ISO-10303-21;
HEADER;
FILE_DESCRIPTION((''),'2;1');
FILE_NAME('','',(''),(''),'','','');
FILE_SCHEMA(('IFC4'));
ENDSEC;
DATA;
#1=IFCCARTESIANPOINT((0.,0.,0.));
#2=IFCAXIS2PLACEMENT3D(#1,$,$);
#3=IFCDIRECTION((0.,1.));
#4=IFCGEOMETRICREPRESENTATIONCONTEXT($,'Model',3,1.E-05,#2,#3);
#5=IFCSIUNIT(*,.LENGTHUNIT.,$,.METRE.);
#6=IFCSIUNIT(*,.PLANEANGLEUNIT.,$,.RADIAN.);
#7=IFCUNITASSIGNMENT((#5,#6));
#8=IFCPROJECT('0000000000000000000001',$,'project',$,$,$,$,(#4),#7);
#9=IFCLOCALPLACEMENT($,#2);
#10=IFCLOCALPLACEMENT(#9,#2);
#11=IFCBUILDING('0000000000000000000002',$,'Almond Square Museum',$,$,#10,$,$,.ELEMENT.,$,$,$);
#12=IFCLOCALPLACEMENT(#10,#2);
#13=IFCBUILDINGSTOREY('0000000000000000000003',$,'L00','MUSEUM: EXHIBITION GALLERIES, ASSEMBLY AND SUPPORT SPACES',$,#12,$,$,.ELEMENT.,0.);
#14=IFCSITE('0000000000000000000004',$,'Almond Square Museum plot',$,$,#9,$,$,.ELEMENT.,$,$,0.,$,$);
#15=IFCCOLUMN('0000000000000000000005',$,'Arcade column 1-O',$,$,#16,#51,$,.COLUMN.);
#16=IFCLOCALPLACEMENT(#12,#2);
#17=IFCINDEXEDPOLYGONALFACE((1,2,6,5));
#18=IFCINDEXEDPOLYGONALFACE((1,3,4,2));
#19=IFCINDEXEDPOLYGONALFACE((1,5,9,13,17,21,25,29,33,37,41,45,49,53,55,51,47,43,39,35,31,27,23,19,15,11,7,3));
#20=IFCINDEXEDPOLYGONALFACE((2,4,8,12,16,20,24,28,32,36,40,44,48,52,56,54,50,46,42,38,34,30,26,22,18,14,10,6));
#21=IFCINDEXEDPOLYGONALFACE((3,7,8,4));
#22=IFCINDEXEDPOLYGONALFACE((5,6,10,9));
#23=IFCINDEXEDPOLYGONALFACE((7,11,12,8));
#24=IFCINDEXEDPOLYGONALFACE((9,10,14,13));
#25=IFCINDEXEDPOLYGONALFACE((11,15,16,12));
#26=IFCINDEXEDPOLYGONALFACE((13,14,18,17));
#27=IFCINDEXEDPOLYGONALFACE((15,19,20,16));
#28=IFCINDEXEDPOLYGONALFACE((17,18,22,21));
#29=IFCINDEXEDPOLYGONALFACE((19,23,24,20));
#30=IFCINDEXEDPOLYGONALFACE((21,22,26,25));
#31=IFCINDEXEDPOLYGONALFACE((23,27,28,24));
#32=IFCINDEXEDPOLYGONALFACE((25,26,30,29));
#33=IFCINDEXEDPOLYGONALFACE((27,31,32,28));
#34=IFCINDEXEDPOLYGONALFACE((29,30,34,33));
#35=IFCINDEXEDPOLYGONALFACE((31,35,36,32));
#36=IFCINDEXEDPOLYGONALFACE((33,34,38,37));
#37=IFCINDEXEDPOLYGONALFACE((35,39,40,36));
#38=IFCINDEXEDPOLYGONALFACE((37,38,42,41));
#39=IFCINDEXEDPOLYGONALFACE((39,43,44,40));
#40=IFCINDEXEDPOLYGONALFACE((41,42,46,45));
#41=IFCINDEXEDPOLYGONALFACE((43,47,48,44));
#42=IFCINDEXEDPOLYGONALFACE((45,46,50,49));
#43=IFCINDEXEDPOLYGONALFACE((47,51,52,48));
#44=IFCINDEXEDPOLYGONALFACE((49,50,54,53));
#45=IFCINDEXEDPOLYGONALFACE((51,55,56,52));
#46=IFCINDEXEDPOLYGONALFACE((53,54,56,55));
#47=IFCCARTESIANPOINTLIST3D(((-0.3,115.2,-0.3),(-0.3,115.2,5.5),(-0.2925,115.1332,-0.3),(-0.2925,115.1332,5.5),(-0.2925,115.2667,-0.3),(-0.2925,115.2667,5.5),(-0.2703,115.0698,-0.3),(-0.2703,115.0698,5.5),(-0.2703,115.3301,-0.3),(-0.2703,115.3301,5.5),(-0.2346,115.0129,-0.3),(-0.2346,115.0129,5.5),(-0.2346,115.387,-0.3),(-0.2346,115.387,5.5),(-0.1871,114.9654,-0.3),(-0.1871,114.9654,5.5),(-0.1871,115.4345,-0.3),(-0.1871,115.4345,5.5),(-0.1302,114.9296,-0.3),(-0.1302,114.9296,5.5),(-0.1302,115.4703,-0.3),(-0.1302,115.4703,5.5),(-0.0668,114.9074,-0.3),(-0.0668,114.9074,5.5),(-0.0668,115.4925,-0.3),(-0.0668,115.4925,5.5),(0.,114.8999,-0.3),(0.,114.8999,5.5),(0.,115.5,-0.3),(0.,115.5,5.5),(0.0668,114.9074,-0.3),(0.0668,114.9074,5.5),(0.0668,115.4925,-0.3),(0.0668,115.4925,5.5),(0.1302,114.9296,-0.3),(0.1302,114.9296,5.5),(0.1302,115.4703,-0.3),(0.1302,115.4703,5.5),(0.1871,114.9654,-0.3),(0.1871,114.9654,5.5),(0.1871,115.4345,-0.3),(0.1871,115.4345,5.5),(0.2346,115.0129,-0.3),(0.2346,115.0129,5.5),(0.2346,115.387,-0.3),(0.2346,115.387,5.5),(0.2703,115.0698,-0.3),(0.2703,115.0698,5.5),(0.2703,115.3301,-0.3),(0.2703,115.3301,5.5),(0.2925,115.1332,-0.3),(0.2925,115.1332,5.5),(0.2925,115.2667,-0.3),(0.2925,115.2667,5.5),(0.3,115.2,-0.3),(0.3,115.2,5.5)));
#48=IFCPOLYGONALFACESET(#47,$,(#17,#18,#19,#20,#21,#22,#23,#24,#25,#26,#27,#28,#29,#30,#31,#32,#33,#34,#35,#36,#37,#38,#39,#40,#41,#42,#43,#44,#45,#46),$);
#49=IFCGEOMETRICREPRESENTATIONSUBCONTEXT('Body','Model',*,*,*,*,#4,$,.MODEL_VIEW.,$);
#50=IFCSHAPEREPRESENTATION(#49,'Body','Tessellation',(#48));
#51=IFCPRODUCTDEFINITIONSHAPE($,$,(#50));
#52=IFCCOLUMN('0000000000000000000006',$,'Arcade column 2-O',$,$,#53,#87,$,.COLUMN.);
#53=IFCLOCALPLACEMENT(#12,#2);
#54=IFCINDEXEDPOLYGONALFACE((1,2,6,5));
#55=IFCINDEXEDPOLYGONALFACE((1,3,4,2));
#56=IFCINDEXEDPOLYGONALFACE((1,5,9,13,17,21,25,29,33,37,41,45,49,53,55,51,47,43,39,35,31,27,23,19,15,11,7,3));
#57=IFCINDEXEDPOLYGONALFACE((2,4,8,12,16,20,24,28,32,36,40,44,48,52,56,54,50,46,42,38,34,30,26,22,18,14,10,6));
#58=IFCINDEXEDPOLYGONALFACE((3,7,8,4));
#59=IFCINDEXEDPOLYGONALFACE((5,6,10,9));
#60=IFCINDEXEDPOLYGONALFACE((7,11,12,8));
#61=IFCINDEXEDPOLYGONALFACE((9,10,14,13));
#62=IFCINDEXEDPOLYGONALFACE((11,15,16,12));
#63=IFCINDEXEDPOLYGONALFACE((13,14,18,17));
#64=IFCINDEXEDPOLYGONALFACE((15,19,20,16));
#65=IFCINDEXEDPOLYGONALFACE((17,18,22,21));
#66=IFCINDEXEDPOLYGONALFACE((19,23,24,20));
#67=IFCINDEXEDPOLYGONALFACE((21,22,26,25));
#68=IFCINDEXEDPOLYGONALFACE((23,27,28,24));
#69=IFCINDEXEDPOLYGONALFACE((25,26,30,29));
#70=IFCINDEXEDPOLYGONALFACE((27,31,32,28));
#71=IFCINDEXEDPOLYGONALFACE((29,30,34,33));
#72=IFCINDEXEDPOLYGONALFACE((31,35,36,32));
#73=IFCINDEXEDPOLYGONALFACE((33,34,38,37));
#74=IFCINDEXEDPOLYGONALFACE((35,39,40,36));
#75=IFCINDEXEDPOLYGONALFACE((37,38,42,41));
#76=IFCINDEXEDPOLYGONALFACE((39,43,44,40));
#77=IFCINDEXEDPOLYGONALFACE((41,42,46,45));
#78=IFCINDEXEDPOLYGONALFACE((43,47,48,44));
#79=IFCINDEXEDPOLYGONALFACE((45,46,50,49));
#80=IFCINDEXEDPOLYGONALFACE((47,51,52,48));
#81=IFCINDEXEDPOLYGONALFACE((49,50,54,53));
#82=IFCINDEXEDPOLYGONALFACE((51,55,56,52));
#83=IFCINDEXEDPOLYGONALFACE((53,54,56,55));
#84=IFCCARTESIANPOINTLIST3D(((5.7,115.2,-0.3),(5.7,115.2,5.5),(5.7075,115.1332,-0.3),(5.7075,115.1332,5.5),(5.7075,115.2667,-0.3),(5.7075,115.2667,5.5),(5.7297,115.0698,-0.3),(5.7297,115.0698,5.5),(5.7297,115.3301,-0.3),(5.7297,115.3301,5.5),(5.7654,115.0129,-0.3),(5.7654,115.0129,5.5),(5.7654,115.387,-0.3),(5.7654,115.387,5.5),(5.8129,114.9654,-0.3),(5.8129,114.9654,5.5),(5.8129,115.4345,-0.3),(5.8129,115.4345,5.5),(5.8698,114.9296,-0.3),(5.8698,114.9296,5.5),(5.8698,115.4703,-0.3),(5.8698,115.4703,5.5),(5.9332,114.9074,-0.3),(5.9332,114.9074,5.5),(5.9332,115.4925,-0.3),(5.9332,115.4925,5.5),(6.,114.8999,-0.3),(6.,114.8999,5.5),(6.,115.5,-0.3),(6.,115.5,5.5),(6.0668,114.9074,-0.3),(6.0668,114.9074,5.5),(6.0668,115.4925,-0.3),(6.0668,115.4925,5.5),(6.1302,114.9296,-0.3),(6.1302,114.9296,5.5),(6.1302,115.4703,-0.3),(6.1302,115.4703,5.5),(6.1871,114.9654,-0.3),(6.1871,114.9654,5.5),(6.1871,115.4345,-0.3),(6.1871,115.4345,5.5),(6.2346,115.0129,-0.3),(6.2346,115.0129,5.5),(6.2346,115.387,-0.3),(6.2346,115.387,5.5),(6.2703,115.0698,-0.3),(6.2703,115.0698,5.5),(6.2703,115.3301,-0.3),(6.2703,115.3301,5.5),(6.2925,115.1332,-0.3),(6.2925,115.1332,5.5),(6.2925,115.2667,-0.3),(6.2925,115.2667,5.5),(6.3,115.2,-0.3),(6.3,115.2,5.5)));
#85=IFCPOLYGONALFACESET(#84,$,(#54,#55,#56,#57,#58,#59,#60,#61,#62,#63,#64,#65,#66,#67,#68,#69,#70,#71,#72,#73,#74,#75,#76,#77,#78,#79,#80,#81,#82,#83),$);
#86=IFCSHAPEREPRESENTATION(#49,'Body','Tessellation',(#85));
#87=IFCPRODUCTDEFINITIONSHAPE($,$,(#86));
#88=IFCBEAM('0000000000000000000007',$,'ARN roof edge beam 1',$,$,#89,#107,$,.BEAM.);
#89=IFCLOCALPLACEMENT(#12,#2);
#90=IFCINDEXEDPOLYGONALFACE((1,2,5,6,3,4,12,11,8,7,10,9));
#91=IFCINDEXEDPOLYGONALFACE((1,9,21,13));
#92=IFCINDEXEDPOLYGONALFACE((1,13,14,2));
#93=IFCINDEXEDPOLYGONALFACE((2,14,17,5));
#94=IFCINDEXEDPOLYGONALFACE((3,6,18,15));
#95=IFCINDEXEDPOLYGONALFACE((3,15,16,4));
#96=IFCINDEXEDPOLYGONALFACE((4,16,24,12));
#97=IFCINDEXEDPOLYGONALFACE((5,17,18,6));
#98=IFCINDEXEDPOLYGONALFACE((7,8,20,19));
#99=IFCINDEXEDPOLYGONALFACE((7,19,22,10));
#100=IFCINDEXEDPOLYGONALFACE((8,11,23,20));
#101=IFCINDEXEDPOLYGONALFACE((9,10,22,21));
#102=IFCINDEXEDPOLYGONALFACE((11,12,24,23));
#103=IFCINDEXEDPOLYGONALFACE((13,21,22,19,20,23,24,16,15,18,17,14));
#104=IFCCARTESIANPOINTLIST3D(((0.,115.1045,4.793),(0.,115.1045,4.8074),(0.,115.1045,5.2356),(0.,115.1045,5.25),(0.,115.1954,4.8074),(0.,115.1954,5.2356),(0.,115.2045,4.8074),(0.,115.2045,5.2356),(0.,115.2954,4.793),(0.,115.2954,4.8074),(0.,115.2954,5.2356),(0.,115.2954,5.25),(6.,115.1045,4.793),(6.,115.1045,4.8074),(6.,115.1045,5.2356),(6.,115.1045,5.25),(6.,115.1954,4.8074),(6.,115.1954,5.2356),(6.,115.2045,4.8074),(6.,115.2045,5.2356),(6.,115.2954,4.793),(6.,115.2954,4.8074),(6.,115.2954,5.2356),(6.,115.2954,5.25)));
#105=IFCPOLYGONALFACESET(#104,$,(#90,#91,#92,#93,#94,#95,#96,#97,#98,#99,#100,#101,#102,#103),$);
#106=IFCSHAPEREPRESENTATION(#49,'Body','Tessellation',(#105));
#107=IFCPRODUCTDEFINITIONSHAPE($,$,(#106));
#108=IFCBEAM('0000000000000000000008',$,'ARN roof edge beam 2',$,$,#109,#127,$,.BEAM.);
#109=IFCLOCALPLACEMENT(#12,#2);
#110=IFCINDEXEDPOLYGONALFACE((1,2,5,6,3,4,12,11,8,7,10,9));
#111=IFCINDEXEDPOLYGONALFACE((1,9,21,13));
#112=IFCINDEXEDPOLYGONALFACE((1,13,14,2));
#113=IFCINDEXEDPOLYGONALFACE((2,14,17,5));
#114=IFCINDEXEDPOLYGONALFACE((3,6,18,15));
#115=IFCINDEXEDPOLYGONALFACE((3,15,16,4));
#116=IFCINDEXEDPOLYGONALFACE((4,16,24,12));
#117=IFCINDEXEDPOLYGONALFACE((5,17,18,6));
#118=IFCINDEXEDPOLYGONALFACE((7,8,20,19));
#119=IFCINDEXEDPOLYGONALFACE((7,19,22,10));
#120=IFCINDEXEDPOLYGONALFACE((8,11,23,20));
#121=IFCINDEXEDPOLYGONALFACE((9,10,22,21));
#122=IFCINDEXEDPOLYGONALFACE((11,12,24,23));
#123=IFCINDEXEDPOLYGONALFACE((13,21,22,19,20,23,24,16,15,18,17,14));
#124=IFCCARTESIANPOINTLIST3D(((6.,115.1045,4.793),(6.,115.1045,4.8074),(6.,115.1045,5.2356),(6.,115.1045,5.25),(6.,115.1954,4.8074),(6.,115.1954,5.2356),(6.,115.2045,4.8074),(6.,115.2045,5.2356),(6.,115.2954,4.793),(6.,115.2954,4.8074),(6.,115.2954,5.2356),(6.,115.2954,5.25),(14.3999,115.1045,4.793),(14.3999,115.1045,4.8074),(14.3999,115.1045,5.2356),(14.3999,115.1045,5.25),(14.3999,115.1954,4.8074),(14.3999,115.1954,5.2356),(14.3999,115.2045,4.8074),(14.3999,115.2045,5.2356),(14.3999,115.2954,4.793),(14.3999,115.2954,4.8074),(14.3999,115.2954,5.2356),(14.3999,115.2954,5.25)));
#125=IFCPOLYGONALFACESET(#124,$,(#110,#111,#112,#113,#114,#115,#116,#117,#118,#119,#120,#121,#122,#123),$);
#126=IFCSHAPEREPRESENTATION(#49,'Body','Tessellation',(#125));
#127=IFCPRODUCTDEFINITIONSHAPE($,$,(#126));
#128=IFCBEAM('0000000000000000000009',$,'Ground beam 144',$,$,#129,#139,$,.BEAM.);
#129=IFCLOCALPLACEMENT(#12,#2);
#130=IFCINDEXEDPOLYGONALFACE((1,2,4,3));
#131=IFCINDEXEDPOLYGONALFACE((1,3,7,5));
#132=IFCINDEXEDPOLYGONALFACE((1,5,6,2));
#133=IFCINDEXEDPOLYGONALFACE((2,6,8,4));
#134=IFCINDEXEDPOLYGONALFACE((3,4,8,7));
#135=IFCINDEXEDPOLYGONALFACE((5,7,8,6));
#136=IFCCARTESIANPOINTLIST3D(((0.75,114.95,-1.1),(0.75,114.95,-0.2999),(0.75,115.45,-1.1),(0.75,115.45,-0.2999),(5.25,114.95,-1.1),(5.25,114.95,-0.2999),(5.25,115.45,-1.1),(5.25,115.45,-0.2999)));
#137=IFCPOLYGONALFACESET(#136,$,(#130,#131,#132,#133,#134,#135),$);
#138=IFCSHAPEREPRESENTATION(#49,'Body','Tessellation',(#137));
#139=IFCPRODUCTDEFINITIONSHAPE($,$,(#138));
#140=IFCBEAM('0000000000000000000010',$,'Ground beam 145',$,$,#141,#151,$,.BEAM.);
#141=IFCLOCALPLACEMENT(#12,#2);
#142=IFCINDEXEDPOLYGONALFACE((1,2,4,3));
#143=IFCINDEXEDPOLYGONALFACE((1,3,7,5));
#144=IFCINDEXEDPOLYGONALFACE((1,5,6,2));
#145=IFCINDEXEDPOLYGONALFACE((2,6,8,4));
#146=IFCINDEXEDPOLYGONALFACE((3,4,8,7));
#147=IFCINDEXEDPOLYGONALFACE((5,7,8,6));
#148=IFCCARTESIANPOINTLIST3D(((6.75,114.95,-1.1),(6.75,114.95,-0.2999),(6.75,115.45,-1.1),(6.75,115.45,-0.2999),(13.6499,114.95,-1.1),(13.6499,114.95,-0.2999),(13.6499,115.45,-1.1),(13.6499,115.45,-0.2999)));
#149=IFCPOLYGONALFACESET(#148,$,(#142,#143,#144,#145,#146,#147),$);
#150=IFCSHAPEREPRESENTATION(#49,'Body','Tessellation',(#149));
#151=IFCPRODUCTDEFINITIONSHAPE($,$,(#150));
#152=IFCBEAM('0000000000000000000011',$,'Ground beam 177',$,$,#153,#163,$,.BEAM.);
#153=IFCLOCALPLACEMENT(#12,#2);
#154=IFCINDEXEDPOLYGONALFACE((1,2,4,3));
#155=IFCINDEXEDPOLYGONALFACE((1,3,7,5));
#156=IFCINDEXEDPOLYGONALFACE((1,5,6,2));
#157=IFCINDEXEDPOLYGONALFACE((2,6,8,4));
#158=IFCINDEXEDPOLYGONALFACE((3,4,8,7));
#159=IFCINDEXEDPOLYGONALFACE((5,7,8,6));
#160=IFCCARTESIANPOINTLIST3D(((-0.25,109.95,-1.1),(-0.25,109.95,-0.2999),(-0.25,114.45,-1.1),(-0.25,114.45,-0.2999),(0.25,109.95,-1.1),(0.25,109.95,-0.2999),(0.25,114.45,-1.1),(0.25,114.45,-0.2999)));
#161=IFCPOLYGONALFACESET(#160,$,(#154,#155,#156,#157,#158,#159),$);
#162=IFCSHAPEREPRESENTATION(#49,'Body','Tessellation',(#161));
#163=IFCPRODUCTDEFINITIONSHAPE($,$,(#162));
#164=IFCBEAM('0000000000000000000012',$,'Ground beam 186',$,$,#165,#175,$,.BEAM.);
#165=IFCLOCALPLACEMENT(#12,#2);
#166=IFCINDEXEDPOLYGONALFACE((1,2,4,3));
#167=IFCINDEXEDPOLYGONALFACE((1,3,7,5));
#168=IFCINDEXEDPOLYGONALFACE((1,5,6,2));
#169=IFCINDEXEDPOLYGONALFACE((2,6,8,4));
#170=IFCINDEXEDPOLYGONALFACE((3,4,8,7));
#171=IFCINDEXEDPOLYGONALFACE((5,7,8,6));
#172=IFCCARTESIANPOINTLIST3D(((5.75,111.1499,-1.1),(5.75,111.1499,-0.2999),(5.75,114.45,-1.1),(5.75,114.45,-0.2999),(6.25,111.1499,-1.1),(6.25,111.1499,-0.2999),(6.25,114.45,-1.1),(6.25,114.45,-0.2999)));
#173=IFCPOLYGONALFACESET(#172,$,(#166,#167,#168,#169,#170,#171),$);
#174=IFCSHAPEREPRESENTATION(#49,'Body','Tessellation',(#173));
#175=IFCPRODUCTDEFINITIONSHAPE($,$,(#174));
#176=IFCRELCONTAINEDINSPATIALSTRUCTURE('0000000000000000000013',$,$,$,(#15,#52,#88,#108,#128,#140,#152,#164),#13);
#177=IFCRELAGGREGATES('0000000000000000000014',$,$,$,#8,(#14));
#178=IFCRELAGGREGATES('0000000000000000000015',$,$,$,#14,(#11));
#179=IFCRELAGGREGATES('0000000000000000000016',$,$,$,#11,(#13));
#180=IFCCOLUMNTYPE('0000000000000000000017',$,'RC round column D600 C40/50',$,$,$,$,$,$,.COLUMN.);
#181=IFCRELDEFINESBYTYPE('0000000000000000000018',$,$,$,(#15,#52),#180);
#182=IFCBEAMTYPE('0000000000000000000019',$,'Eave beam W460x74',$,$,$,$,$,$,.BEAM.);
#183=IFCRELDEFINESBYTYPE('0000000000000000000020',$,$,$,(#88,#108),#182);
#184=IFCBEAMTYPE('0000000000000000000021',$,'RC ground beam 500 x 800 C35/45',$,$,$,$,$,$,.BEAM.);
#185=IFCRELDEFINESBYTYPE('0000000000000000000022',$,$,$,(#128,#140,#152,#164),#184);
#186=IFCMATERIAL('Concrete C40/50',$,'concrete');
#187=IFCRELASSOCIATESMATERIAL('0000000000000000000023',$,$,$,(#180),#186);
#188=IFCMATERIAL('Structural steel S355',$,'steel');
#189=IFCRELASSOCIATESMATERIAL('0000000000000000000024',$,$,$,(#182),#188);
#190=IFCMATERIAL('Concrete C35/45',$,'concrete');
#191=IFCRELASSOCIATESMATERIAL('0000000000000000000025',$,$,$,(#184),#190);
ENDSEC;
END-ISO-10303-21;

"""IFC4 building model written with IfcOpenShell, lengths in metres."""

from ifc_helpers import new_model, si_unit, direction, frame, origin, origin_2d, place, context, subcontext, project, spatial, rectangle, circle, i_section, extrude, material, material_profile, profile_set, type_object, element, save


model = new_model("IFC4")

# Units and contexts
model_context = context("Model", 3, precision=1e-05, world=origin(), true_north=direction((0.0, 1.0)))
body_context = subcontext(model_context, "Body", "Model", "MODEL_VIEW")
ifc_project = project(units=[si_unit("LENGTHUNIT", "METRE"), si_unit("PLANEANGLEUNIT", "RADIAN")], contexts=[model_context])

# Site, building, storey
site_placement = place(None, origin())
site = spatial("IfcSite", under=ifc_project, at=site_placement, Name="Almond Square Museum plot", CompositionType="ELEMENT", RefElevation=0.0)
building_placement = place(site_placement, origin())
building = spatial("IfcBuilding", under=site, at=building_placement, Name="Almond Square Museum", CompositionType="ELEMENT")
storey_placement = place(building_placement, origin())
storey = spatial("IfcBuildingStorey", under=building, at=storey_placement, Name="L00", Description="MUSEUM: EXHIBITION GALLERIES, ASSEMBLY AND SUPPORT SPACES", CompositionType="ELEMENT", Elevation=0.0)

# Columns
ifc_material_1 = material(Name="Concrete C40/50", Category="concrete")
ifc_material_profile_1 = material_profile(ifc_material_1, circle(Radius=0.3, at=origin_2d()))
ifc_profile_set_1 = profile_set([ifc_material_profile_1], Name="Concrete C40/50")
column_type = type_object("IfcColumnType", Name="RC round column D600 C40/50", PredefinedType="COLUMN", material=ifc_profile_set_1)
for number, where, z_axis, x_axis, name in (
    (1, (0.0, 115.2, -0.3), (0.0, 0.0, 1.0), (1.0, 0.0, 0.0), "Arcade column 1-O"),
    (2, (6.0, 115.2, -0.3), (0.0, 0.0, 1.0), (1.0, 0.0, 0.0), "Arcade column 2-O"),
):
    element("IfcColumn", number, at=place(storey_placement, frame(where, z_axis=z_axis, x_axis=x_axis)), inside=storey, type_object=column_type, Name=name, PredefinedType="COLUMN", context=body_context, shape_type="SweptSolid", body=[
        extrude(circle(Radius=0.3, at=origin_2d()), origin(), (0.0, 0.0, 1.0), 5.8),
    ])

# Beams
ifc_material_2 = material(Name="Structural steel S355", Category="steel")
ifc_material_profile_2 = material_profile(ifc_material_2, i_section(OverallWidth=0.1909, OverallDepth=0.457, WebThickness=0.009, FlangeThickness=0.0144, at=origin_2d()))
ifc_profile_set_2 = profile_set([ifc_material_profile_2], Name="Structural steel S355")
beam_type_1 = type_object("IfcBeamType", Name="Eave beam W460x74", PredefinedType="BEAM", material=ifc_profile_set_2)
beam_1_placement = place(storey_placement, frame((0.0, 115.2, 5.0215), z_axis=(1.0, 0.0, 0.0), x_axis=(0.0, 1.0, 0.0)))
element("IfcBeam", 3, at=beam_1_placement, inside=storey, type_object=beam_type_1, Name="ARN roof edge beam 1", PredefinedType="BEAM", context=body_context, shape_type="SweptSolid", body=[
    extrude(i_section(OverallWidth=0.1909, OverallDepth=0.457, WebThickness=0.009, FlangeThickness=0.0144, at=origin_2d()), origin(), (0.0, 0.0, 1.0), 6.0),
])
beam_2_placement = place(storey_placement, frame((6.0, 115.2, 5.0215), z_axis=(1.0, 0.0, 0.0), x_axis=(0.0, 1.0, 0.0)))
element("IfcBeam", 4, at=beam_2_placement, inside=storey, type_object=beam_type_1, Name="ARN roof edge beam 2", PredefinedType="BEAM", context=body_context, shape_type="SweptSolid", body=[
    extrude(i_section(OverallWidth=0.1909, OverallDepth=0.457, WebThickness=0.009, FlangeThickness=0.0144, at=origin_2d()), origin(), (0.0, 0.0, 1.0), 8.3999),
])
ifc_material_3 = material(Name="Concrete C35/45", Category="concrete")
ifc_material_profile_3 = material_profile(ifc_material_3, rectangle(XDim=0.5, YDim=0.8, at=origin_2d()))
ifc_profile_set_3 = profile_set([ifc_material_profile_3], Name="Concrete C35/45")
beam_type_2 = type_object("IfcBeamType", Name="RC ground beam 500 x 800 C35/45", PredefinedType="BEAM", material=ifc_profile_set_3)
beam_3_placement = place(storey_placement, frame((0.75, 115.2, -0.7), z_axis=(1.0, 0.0, 0.0), x_axis=(0.0, 1.0, 0.0)))
element("IfcBeam", 5, at=beam_3_placement, inside=storey, type_object=beam_type_2, Name="Ground beam 144", PredefinedType="BEAM", context=body_context, shape_type="SweptSolid", body=[
    extrude(rectangle(XDim=0.5, YDim=0.8, at=origin_2d()), origin(), (0.0, 0.0, 1.0), 4.5),
])
beam_4_placement = place(storey_placement, frame((6.75, 115.2, -0.7), z_axis=(1.0, 0.0, 0.0), x_axis=(0.0, 1.0, 0.0)))
element("IfcBeam", 6, at=beam_4_placement, inside=storey, type_object=beam_type_2, Name="Ground beam 145", PredefinedType="BEAM", context=body_context, shape_type="SweptSolid", body=[
    extrude(rectangle(XDim=0.5, YDim=0.8, at=origin_2d()), origin(), (0.0, 0.0, 1.0), 6.8999),
])
beam_5_placement = place(storey_placement, frame((0.0, 109.95, -0.7), z_axis=(0.0, 1.0, 0.0), x_axis=(-1.0, 0.0, 0.0)))
element("IfcBeam", 7, at=beam_5_placement, inside=storey, type_object=beam_type_2, Name="Ground beam 177", PredefinedType="BEAM", context=body_context, shape_type="SweptSolid", body=[
    extrude(rectangle(XDim=0.5, YDim=0.8, at=origin_2d()), origin(), (0.0, 0.0, 1.0), 4.5),
])
beam_6_placement = place(storey_placement, frame((6.0, 111.1499, -0.7), z_axis=(0.0, 1.0, 0.0), x_axis=(-1.0, 0.0, 0.0)))
element("IfcBeam", 8, at=beam_6_placement, inside=storey, type_object=beam_type_2, Name="Ground beam 186", PredefinedType="BEAM", context=body_context, shape_type="SweptSolid", body=[
    extrude(rectangle(XDim=0.5, YDim=0.8, at=origin_2d()), origin(), (0.0, 0.0, 1.0), 3.3),
])

save(model, "model.ifc")
